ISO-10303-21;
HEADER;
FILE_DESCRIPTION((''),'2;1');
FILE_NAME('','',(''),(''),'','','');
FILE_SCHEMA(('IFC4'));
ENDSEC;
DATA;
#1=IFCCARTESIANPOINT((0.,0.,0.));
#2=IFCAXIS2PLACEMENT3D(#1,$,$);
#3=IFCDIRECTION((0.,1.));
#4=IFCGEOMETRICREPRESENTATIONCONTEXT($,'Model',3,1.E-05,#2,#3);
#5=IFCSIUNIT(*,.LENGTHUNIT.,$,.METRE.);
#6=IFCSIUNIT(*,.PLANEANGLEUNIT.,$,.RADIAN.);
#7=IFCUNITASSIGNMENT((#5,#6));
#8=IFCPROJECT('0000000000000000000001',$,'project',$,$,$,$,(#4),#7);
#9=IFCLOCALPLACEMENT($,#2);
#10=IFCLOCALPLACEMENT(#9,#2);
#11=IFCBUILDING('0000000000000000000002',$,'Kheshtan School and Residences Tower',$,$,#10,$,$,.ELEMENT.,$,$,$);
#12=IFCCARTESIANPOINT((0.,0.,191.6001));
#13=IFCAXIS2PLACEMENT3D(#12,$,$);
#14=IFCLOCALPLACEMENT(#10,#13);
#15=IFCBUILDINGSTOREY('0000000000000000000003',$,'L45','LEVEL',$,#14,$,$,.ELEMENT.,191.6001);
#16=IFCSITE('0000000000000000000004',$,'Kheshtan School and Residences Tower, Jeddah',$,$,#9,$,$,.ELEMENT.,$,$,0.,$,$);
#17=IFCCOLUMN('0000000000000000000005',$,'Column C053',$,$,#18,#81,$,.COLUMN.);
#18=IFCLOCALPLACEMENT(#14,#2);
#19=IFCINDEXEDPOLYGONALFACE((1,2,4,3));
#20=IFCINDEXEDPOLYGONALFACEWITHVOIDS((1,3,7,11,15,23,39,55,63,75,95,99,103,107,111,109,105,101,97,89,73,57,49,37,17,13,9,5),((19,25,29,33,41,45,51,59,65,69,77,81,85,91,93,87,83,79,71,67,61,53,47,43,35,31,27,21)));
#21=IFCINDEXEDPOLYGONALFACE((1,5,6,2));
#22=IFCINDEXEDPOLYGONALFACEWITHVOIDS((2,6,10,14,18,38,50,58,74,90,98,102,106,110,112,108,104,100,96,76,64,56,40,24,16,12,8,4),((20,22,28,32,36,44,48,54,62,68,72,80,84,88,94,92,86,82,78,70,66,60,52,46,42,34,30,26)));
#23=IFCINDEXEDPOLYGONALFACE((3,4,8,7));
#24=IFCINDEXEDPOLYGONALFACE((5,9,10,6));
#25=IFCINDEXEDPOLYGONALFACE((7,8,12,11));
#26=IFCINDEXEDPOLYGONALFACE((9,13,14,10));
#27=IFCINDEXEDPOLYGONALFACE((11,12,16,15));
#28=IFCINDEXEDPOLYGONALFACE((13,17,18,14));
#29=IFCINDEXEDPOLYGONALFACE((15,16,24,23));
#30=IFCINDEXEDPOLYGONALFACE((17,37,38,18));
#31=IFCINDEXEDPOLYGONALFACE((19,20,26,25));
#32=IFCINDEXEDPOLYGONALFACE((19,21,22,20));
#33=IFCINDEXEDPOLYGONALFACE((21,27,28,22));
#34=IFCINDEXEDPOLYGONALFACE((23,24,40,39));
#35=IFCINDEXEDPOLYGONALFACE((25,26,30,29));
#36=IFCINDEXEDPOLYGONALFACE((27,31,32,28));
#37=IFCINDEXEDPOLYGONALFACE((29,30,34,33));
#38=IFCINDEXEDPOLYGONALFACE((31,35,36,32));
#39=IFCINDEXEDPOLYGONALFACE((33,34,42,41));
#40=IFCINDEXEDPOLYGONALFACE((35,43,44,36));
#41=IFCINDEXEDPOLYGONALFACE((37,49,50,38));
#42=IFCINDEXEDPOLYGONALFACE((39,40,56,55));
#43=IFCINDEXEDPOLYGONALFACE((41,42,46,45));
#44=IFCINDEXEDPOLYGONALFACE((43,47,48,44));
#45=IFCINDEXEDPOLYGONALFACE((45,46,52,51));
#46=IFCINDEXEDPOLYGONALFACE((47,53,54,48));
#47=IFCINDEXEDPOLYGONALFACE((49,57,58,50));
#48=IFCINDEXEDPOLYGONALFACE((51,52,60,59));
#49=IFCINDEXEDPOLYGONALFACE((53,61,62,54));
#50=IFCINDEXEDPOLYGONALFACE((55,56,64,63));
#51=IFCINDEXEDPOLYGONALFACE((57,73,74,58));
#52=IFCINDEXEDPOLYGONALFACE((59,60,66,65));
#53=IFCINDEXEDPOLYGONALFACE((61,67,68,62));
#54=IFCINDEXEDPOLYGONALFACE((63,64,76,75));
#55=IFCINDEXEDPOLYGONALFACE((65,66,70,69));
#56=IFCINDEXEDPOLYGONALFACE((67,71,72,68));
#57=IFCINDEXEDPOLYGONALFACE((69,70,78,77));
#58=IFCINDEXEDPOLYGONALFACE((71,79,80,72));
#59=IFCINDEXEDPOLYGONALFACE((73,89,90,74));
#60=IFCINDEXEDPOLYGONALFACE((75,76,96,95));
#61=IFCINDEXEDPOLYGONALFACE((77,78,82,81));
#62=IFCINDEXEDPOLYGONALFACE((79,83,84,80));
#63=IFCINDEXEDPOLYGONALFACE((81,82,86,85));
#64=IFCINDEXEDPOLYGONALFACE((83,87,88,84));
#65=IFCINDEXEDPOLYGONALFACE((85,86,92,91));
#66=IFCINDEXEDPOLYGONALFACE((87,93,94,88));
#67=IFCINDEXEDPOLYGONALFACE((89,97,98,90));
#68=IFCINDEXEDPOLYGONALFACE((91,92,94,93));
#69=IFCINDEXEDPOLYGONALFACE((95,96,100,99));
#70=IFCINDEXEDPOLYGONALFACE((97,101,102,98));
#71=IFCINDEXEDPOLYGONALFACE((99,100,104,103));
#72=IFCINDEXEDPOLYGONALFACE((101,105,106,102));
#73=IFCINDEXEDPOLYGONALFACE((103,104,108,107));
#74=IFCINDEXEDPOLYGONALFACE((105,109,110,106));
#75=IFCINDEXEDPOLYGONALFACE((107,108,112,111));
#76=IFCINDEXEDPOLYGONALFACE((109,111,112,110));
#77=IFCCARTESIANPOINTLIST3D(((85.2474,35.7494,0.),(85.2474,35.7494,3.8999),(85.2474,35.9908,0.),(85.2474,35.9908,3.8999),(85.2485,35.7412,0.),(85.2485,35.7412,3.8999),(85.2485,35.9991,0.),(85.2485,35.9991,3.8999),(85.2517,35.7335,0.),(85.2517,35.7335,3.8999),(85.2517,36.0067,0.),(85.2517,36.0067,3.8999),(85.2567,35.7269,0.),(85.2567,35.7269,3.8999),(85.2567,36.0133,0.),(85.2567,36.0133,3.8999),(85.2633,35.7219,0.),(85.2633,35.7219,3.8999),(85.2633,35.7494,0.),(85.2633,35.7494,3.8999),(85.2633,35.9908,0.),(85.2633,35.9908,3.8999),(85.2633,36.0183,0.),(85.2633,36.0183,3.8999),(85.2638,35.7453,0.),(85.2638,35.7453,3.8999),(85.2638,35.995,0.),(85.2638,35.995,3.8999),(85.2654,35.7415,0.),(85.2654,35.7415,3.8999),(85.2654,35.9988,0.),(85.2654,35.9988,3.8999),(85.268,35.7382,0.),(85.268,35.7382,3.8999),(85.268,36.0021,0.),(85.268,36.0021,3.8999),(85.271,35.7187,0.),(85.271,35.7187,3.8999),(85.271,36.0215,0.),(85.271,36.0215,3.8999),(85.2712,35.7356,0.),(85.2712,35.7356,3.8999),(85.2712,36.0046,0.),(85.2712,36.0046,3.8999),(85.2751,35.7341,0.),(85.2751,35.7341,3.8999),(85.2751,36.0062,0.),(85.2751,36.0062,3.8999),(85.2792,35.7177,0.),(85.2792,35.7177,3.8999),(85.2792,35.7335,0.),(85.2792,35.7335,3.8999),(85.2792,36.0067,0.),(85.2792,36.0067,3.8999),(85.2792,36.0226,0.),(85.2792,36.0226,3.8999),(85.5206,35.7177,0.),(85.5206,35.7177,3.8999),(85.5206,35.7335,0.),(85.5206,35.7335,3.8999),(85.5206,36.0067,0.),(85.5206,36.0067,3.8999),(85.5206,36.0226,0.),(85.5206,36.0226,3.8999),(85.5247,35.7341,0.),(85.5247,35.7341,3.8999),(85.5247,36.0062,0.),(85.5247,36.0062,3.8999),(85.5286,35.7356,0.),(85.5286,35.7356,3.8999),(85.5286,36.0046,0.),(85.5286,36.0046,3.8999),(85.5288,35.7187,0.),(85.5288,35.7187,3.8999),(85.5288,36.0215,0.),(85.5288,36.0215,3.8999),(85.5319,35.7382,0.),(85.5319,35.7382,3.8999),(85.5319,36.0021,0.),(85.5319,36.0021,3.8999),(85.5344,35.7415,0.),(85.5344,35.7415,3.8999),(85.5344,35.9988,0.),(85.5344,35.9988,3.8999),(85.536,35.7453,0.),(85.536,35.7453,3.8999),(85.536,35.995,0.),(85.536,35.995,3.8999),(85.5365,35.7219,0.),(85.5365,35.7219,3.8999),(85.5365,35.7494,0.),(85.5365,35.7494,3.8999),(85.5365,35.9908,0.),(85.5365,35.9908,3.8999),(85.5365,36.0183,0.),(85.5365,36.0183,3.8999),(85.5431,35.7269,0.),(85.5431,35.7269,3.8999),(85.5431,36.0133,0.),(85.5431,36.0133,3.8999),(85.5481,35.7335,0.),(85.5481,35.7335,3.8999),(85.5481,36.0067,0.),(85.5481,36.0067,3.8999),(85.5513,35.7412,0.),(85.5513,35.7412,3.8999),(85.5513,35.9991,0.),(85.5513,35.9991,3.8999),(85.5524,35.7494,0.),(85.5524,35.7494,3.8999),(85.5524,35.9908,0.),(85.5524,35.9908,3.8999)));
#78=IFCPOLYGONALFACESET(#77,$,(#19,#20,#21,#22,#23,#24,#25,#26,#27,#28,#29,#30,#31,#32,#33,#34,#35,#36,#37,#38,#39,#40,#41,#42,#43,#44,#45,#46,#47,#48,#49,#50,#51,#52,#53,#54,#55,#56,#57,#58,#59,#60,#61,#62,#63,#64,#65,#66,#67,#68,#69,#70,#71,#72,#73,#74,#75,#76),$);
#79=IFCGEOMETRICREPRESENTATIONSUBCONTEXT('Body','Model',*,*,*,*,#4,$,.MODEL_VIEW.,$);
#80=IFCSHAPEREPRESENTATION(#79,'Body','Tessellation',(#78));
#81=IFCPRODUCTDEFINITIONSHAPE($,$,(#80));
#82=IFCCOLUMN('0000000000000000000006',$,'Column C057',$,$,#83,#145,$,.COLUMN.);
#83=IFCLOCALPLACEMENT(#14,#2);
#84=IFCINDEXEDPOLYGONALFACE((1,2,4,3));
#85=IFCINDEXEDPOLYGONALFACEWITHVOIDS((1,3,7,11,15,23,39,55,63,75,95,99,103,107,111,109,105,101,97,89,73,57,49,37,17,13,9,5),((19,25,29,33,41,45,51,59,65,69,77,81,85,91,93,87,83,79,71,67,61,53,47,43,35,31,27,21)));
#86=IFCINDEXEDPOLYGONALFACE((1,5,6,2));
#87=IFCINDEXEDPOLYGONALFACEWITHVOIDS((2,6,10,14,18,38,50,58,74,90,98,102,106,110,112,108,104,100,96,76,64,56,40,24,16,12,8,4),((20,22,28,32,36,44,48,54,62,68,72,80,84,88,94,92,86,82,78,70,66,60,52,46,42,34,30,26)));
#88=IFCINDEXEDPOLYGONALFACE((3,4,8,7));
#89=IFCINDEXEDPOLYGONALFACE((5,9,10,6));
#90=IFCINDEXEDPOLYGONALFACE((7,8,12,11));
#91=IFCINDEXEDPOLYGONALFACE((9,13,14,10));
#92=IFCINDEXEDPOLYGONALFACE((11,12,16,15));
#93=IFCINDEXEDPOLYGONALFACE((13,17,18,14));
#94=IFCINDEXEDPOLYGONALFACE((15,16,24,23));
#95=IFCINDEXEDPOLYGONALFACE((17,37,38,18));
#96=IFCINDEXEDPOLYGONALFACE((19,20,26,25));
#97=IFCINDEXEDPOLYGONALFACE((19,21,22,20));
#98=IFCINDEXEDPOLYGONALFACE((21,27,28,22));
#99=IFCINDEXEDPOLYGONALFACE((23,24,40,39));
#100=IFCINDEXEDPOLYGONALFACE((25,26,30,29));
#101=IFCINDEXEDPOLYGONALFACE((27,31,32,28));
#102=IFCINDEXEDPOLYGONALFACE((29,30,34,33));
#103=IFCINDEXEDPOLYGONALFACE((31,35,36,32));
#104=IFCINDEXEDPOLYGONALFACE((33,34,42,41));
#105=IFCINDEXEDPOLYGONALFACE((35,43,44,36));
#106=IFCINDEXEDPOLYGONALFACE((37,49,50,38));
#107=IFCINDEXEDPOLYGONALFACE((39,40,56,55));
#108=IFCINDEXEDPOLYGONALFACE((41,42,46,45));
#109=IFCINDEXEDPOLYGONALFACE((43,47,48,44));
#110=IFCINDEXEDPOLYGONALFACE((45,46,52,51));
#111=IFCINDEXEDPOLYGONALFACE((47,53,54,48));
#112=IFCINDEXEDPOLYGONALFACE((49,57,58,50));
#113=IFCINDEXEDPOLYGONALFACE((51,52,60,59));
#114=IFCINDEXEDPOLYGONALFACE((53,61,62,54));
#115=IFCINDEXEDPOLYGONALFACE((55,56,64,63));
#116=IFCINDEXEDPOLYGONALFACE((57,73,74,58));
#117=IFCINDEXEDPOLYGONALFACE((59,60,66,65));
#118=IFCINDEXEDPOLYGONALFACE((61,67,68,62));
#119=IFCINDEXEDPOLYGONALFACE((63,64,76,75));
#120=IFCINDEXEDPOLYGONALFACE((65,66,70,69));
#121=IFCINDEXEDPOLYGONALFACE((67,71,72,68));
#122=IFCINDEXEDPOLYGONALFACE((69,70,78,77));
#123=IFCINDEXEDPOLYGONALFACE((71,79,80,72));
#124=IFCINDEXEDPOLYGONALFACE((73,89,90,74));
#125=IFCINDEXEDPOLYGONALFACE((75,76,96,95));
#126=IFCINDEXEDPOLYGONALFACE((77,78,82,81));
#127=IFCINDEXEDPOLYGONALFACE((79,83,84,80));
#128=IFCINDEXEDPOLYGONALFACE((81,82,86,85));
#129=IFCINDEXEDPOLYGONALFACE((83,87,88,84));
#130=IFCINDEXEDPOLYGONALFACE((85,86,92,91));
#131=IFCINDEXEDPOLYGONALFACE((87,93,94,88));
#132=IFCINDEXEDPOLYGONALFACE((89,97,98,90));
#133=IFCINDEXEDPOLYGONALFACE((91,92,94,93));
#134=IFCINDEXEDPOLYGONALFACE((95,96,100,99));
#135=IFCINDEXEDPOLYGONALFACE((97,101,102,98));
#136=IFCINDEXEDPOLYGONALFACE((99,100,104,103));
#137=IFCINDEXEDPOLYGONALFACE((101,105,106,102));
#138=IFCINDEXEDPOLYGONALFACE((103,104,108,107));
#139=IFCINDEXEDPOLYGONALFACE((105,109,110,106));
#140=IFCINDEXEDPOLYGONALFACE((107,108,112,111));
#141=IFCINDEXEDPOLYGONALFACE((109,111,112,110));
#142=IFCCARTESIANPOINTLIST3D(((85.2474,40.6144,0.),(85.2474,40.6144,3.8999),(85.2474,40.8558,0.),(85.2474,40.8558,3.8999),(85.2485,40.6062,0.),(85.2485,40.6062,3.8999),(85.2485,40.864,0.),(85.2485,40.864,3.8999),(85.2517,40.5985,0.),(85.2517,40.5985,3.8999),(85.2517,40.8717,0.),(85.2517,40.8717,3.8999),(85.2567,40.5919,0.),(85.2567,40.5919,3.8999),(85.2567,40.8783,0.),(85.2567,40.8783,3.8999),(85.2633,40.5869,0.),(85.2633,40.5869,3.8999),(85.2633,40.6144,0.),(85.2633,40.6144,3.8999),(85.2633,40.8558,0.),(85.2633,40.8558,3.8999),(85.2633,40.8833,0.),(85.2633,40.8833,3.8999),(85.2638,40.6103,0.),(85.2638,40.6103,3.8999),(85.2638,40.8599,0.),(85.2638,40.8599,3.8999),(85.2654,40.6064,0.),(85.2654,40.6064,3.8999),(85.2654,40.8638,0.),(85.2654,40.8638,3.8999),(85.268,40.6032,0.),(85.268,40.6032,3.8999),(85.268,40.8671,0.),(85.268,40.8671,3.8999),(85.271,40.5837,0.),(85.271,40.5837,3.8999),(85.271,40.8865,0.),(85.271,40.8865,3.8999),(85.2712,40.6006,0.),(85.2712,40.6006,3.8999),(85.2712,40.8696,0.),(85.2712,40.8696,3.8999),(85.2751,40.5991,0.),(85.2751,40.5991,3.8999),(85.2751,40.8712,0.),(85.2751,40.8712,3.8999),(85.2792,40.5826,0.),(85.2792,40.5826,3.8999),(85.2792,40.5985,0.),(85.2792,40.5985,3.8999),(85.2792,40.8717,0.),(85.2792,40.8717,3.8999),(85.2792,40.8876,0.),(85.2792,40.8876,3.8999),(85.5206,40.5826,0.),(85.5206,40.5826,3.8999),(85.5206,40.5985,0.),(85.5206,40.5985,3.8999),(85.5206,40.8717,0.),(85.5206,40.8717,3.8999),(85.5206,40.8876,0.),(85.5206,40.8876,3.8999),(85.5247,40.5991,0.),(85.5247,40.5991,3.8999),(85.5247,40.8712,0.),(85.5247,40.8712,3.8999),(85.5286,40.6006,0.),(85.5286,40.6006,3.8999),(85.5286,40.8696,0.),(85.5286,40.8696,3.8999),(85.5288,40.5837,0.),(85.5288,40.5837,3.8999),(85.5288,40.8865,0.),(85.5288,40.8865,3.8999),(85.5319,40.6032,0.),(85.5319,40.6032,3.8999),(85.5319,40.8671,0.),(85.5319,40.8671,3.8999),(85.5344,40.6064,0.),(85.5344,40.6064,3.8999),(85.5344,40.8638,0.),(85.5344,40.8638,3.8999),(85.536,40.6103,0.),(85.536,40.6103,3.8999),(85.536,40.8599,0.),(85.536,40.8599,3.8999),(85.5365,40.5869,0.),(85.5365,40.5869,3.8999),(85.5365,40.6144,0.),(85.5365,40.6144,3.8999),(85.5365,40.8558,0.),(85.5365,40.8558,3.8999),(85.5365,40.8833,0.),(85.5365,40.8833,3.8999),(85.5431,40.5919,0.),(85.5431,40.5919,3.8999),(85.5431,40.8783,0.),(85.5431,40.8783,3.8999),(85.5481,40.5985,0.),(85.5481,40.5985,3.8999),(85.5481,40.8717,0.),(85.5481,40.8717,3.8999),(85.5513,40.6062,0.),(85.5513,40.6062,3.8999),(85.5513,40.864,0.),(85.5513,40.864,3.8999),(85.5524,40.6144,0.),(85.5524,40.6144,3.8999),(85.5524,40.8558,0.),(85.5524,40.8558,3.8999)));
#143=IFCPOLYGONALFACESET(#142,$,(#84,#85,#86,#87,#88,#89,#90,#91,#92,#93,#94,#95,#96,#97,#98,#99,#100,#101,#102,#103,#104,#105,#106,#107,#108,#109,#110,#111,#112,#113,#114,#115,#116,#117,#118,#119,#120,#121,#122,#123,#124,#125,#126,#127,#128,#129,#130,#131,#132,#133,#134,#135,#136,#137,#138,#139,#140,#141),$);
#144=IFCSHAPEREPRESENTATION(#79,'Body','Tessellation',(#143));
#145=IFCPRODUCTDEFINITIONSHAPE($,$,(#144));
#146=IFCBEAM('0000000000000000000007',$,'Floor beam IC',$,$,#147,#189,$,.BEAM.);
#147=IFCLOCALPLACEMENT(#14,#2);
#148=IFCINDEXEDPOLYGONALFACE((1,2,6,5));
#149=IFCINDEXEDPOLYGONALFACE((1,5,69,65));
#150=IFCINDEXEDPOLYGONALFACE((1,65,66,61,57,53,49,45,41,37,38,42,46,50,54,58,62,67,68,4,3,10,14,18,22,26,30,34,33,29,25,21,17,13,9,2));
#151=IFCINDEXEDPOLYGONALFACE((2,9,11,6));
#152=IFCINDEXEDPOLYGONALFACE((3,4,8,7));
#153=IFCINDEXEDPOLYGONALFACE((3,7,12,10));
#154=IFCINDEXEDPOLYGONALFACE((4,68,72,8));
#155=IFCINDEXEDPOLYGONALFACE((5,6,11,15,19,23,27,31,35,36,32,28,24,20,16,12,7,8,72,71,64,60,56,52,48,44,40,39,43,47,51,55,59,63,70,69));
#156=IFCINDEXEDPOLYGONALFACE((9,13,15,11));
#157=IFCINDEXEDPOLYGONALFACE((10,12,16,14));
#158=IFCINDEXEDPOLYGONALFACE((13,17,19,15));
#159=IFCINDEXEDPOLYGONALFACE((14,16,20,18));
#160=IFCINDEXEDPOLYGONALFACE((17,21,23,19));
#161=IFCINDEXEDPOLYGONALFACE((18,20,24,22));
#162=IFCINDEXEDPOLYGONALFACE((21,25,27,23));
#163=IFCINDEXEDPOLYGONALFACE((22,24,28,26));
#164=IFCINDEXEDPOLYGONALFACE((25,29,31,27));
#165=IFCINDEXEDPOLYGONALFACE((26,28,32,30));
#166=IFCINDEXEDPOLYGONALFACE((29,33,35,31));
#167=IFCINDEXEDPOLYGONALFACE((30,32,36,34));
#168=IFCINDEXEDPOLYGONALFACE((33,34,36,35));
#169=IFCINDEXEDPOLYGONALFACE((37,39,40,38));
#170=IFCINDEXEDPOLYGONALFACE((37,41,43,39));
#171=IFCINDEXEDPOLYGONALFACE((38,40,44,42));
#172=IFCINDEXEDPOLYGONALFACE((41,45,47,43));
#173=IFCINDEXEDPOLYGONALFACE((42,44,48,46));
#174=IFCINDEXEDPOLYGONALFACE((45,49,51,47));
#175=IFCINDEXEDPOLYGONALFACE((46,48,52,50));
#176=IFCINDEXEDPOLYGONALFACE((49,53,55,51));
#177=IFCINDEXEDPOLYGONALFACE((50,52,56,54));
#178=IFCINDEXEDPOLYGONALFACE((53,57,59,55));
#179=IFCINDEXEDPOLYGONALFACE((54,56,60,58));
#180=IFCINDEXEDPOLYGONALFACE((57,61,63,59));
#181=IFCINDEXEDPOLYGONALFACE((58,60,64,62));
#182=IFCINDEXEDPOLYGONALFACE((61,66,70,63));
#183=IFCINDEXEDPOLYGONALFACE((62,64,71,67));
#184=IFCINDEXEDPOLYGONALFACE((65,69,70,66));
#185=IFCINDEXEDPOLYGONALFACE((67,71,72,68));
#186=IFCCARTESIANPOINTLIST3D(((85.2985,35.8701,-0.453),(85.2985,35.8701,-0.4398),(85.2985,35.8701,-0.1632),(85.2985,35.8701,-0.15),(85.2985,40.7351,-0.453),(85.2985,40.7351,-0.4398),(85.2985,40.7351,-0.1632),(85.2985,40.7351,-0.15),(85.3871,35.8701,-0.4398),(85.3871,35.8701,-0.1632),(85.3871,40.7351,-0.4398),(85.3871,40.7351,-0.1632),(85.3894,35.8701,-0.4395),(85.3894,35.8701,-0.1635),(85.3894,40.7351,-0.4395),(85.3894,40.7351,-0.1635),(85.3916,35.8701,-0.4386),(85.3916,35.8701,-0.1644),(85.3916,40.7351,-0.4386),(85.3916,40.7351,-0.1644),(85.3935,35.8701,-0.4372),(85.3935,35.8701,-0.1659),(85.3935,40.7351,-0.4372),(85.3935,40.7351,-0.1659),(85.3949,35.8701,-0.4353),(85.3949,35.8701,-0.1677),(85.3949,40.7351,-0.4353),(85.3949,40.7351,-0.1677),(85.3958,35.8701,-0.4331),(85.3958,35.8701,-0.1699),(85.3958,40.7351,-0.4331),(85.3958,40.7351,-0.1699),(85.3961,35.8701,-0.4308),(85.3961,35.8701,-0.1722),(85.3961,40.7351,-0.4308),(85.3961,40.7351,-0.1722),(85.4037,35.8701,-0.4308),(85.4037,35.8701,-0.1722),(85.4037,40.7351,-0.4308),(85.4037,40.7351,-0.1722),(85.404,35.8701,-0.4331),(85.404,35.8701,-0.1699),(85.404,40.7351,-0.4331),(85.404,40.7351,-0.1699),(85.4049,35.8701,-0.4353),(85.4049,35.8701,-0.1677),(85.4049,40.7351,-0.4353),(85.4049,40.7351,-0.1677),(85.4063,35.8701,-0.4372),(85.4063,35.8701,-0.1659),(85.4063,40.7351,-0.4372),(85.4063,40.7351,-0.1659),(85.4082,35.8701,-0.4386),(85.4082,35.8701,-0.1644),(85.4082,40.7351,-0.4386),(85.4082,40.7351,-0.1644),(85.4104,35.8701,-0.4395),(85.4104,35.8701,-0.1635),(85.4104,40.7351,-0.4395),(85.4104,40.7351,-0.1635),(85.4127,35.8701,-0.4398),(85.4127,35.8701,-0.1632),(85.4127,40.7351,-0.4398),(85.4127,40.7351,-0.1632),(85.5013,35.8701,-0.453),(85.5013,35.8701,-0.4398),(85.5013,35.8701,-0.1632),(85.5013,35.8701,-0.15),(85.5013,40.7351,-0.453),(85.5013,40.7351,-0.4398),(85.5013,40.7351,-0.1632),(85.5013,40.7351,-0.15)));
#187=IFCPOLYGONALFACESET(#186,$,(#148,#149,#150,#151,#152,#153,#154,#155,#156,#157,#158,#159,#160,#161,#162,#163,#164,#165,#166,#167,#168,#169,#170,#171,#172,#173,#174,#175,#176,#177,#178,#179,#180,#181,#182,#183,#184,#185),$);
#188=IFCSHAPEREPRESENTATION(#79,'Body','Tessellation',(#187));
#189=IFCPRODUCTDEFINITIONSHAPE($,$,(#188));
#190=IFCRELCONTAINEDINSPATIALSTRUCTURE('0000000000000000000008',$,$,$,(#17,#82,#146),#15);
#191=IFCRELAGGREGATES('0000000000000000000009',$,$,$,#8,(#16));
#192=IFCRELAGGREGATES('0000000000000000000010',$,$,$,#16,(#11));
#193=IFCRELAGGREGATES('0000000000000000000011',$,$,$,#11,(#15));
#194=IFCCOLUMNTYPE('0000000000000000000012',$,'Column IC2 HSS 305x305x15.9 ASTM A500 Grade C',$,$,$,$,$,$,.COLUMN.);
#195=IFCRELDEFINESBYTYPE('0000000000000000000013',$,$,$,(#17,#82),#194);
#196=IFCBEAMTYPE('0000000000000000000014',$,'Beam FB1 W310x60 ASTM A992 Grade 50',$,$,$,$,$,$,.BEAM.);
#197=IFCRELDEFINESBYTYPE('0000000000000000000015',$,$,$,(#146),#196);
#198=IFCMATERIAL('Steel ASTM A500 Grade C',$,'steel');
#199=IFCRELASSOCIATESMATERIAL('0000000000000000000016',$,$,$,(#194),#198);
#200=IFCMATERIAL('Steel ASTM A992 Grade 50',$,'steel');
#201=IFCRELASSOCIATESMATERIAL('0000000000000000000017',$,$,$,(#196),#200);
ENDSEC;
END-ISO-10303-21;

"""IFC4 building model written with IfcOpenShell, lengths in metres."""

from ifc_helpers import new_model, si_unit, direction, frame, origin, origin_2d, place, context, subcontext, project, spatial, hollow_rectangle, i_section, extrude, material, material_profile, profile_set, type_object, element, save


model = new_model("IFC4")

# Units and contexts
model_context = context("Model", 3, precision=1e-05, world=origin(), true_north=direction((0.0, 1.0)))
body_context = subcontext(model_context, "Body", "Model", "MODEL_VIEW")
ifc_project = project(units=[si_unit("LENGTHUNIT", "METRE"), si_unit("PLANEANGLEUNIT", "RADIAN")], contexts=[model_context])

# Site, building, storey
site_placement = place(None, origin())
site = spatial("IfcSite", under=ifc_project, at=site_placement, Name="Kheshtan School and Residences Tower, Jeddah", CompositionType="ELEMENT", RefElevation=0.0)
building_placement = place(site_placement, origin())
building = spatial("IfcBuilding", under=site, at=building_placement, Name="Kheshtan School and Residences Tower", CompositionType="ELEMENT")
storey_placement = place(building_placement, frame((0.0, 0.0, 191.6001)))
storey = spatial("IfcBuildingStorey", under=building, at=storey_placement, Name="L45", Description="LEVEL", CompositionType="ELEMENT", Elevation=191.6001)

# Columns
ifc_material_1 = material(Name="Steel ASTM A500 Grade C", Category="steel")
ifc_material_profile_1 = material_profile(ifc_material_1, hollow_rectangle(XDim=0.3049, YDim=0.3049, WallThickness=0.0159, InnerFilletRadius=0.0159, OuterFilletRadius=0.0317, at=origin_2d()), Name="HSS 305x305x15.9")
ifc_profile_set_1 = profile_set([ifc_material_profile_1], Name="Steel ASTM A500 Grade C")
column_type = type_object("IfcColumnType", Name="Column IC2 HSS 305x305x15.9 ASTM A500 Grade C", PredefinedType="COLUMN", material=ifc_profile_set_1)
for number, where, z_axis, x_axis, name in (
    (1, (85.3999, 35.8701, 0.0), (0.0, 0.0, 1.0), (1.0, 0.0, 0.0), "Column C053"),
    (2, (85.3999, 40.7351, 0.0), (0.0, 0.0, 1.0), (1.0, 0.0, 0.0), "Column C057"),
):
    element("IfcColumn", number, at=place(storey_placement, frame(where, z_axis=z_axis, x_axis=x_axis)), inside=storey, type_object=column_type, Name=name, PredefinedType="COLUMN", context=body_context, shape_type="SweptSolid", body=[
        extrude(hollow_rectangle(XDim=0.3049, YDim=0.3049, WallThickness=0.0159, InnerFilletRadius=0.0159, OuterFilletRadius=0.0317, at=origin_2d()), origin(), (0.0, 0.0, 1.0), 3.8999),
    ])

# Beam
ifc_material_2 = material(Name="Steel ASTM A992 Grade 50", Category="steel")
ifc_material_profile_2 = material_profile(ifc_material_2, i_section(OverallWidth=0.2029, OverallDepth=0.303, WebThickness=0.0076, FlangeThickness=0.0132, FilletRadius=0.009, at=origin_2d()), Name="W310x60")
ifc_profile_set_2 = profile_set([ifc_material_profile_2], Name="Steel ASTM A992 Grade 50")
beam_type = type_object("IfcBeamType", Name="Beam FB1 W310x60 ASTM A992 Grade 50", PredefinedType="BEAM", material=ifc_profile_set_2)
beam_placement = place(storey_placement, frame((85.3999, 40.7351, -0.3015), z_axis=(0.0, -1.0, 0.0), x_axis=(1.0, 0.0, 0.0)))
element("IfcBeam", 3, at=beam_placement, inside=storey, type_object=beam_type, Name="Floor beam IC", PredefinedType="BEAM", context=body_context, shape_type="SweptSolid", body=[
    extrude(i_section(OverallWidth=0.2029, OverallDepth=0.303, WebThickness=0.0076, FlangeThickness=0.0132, FilletRadius=0.009, at=origin_2d()), origin(), (0.0, 0.0, 1.0), 4.865),
])

save(model, "model.ifc")
